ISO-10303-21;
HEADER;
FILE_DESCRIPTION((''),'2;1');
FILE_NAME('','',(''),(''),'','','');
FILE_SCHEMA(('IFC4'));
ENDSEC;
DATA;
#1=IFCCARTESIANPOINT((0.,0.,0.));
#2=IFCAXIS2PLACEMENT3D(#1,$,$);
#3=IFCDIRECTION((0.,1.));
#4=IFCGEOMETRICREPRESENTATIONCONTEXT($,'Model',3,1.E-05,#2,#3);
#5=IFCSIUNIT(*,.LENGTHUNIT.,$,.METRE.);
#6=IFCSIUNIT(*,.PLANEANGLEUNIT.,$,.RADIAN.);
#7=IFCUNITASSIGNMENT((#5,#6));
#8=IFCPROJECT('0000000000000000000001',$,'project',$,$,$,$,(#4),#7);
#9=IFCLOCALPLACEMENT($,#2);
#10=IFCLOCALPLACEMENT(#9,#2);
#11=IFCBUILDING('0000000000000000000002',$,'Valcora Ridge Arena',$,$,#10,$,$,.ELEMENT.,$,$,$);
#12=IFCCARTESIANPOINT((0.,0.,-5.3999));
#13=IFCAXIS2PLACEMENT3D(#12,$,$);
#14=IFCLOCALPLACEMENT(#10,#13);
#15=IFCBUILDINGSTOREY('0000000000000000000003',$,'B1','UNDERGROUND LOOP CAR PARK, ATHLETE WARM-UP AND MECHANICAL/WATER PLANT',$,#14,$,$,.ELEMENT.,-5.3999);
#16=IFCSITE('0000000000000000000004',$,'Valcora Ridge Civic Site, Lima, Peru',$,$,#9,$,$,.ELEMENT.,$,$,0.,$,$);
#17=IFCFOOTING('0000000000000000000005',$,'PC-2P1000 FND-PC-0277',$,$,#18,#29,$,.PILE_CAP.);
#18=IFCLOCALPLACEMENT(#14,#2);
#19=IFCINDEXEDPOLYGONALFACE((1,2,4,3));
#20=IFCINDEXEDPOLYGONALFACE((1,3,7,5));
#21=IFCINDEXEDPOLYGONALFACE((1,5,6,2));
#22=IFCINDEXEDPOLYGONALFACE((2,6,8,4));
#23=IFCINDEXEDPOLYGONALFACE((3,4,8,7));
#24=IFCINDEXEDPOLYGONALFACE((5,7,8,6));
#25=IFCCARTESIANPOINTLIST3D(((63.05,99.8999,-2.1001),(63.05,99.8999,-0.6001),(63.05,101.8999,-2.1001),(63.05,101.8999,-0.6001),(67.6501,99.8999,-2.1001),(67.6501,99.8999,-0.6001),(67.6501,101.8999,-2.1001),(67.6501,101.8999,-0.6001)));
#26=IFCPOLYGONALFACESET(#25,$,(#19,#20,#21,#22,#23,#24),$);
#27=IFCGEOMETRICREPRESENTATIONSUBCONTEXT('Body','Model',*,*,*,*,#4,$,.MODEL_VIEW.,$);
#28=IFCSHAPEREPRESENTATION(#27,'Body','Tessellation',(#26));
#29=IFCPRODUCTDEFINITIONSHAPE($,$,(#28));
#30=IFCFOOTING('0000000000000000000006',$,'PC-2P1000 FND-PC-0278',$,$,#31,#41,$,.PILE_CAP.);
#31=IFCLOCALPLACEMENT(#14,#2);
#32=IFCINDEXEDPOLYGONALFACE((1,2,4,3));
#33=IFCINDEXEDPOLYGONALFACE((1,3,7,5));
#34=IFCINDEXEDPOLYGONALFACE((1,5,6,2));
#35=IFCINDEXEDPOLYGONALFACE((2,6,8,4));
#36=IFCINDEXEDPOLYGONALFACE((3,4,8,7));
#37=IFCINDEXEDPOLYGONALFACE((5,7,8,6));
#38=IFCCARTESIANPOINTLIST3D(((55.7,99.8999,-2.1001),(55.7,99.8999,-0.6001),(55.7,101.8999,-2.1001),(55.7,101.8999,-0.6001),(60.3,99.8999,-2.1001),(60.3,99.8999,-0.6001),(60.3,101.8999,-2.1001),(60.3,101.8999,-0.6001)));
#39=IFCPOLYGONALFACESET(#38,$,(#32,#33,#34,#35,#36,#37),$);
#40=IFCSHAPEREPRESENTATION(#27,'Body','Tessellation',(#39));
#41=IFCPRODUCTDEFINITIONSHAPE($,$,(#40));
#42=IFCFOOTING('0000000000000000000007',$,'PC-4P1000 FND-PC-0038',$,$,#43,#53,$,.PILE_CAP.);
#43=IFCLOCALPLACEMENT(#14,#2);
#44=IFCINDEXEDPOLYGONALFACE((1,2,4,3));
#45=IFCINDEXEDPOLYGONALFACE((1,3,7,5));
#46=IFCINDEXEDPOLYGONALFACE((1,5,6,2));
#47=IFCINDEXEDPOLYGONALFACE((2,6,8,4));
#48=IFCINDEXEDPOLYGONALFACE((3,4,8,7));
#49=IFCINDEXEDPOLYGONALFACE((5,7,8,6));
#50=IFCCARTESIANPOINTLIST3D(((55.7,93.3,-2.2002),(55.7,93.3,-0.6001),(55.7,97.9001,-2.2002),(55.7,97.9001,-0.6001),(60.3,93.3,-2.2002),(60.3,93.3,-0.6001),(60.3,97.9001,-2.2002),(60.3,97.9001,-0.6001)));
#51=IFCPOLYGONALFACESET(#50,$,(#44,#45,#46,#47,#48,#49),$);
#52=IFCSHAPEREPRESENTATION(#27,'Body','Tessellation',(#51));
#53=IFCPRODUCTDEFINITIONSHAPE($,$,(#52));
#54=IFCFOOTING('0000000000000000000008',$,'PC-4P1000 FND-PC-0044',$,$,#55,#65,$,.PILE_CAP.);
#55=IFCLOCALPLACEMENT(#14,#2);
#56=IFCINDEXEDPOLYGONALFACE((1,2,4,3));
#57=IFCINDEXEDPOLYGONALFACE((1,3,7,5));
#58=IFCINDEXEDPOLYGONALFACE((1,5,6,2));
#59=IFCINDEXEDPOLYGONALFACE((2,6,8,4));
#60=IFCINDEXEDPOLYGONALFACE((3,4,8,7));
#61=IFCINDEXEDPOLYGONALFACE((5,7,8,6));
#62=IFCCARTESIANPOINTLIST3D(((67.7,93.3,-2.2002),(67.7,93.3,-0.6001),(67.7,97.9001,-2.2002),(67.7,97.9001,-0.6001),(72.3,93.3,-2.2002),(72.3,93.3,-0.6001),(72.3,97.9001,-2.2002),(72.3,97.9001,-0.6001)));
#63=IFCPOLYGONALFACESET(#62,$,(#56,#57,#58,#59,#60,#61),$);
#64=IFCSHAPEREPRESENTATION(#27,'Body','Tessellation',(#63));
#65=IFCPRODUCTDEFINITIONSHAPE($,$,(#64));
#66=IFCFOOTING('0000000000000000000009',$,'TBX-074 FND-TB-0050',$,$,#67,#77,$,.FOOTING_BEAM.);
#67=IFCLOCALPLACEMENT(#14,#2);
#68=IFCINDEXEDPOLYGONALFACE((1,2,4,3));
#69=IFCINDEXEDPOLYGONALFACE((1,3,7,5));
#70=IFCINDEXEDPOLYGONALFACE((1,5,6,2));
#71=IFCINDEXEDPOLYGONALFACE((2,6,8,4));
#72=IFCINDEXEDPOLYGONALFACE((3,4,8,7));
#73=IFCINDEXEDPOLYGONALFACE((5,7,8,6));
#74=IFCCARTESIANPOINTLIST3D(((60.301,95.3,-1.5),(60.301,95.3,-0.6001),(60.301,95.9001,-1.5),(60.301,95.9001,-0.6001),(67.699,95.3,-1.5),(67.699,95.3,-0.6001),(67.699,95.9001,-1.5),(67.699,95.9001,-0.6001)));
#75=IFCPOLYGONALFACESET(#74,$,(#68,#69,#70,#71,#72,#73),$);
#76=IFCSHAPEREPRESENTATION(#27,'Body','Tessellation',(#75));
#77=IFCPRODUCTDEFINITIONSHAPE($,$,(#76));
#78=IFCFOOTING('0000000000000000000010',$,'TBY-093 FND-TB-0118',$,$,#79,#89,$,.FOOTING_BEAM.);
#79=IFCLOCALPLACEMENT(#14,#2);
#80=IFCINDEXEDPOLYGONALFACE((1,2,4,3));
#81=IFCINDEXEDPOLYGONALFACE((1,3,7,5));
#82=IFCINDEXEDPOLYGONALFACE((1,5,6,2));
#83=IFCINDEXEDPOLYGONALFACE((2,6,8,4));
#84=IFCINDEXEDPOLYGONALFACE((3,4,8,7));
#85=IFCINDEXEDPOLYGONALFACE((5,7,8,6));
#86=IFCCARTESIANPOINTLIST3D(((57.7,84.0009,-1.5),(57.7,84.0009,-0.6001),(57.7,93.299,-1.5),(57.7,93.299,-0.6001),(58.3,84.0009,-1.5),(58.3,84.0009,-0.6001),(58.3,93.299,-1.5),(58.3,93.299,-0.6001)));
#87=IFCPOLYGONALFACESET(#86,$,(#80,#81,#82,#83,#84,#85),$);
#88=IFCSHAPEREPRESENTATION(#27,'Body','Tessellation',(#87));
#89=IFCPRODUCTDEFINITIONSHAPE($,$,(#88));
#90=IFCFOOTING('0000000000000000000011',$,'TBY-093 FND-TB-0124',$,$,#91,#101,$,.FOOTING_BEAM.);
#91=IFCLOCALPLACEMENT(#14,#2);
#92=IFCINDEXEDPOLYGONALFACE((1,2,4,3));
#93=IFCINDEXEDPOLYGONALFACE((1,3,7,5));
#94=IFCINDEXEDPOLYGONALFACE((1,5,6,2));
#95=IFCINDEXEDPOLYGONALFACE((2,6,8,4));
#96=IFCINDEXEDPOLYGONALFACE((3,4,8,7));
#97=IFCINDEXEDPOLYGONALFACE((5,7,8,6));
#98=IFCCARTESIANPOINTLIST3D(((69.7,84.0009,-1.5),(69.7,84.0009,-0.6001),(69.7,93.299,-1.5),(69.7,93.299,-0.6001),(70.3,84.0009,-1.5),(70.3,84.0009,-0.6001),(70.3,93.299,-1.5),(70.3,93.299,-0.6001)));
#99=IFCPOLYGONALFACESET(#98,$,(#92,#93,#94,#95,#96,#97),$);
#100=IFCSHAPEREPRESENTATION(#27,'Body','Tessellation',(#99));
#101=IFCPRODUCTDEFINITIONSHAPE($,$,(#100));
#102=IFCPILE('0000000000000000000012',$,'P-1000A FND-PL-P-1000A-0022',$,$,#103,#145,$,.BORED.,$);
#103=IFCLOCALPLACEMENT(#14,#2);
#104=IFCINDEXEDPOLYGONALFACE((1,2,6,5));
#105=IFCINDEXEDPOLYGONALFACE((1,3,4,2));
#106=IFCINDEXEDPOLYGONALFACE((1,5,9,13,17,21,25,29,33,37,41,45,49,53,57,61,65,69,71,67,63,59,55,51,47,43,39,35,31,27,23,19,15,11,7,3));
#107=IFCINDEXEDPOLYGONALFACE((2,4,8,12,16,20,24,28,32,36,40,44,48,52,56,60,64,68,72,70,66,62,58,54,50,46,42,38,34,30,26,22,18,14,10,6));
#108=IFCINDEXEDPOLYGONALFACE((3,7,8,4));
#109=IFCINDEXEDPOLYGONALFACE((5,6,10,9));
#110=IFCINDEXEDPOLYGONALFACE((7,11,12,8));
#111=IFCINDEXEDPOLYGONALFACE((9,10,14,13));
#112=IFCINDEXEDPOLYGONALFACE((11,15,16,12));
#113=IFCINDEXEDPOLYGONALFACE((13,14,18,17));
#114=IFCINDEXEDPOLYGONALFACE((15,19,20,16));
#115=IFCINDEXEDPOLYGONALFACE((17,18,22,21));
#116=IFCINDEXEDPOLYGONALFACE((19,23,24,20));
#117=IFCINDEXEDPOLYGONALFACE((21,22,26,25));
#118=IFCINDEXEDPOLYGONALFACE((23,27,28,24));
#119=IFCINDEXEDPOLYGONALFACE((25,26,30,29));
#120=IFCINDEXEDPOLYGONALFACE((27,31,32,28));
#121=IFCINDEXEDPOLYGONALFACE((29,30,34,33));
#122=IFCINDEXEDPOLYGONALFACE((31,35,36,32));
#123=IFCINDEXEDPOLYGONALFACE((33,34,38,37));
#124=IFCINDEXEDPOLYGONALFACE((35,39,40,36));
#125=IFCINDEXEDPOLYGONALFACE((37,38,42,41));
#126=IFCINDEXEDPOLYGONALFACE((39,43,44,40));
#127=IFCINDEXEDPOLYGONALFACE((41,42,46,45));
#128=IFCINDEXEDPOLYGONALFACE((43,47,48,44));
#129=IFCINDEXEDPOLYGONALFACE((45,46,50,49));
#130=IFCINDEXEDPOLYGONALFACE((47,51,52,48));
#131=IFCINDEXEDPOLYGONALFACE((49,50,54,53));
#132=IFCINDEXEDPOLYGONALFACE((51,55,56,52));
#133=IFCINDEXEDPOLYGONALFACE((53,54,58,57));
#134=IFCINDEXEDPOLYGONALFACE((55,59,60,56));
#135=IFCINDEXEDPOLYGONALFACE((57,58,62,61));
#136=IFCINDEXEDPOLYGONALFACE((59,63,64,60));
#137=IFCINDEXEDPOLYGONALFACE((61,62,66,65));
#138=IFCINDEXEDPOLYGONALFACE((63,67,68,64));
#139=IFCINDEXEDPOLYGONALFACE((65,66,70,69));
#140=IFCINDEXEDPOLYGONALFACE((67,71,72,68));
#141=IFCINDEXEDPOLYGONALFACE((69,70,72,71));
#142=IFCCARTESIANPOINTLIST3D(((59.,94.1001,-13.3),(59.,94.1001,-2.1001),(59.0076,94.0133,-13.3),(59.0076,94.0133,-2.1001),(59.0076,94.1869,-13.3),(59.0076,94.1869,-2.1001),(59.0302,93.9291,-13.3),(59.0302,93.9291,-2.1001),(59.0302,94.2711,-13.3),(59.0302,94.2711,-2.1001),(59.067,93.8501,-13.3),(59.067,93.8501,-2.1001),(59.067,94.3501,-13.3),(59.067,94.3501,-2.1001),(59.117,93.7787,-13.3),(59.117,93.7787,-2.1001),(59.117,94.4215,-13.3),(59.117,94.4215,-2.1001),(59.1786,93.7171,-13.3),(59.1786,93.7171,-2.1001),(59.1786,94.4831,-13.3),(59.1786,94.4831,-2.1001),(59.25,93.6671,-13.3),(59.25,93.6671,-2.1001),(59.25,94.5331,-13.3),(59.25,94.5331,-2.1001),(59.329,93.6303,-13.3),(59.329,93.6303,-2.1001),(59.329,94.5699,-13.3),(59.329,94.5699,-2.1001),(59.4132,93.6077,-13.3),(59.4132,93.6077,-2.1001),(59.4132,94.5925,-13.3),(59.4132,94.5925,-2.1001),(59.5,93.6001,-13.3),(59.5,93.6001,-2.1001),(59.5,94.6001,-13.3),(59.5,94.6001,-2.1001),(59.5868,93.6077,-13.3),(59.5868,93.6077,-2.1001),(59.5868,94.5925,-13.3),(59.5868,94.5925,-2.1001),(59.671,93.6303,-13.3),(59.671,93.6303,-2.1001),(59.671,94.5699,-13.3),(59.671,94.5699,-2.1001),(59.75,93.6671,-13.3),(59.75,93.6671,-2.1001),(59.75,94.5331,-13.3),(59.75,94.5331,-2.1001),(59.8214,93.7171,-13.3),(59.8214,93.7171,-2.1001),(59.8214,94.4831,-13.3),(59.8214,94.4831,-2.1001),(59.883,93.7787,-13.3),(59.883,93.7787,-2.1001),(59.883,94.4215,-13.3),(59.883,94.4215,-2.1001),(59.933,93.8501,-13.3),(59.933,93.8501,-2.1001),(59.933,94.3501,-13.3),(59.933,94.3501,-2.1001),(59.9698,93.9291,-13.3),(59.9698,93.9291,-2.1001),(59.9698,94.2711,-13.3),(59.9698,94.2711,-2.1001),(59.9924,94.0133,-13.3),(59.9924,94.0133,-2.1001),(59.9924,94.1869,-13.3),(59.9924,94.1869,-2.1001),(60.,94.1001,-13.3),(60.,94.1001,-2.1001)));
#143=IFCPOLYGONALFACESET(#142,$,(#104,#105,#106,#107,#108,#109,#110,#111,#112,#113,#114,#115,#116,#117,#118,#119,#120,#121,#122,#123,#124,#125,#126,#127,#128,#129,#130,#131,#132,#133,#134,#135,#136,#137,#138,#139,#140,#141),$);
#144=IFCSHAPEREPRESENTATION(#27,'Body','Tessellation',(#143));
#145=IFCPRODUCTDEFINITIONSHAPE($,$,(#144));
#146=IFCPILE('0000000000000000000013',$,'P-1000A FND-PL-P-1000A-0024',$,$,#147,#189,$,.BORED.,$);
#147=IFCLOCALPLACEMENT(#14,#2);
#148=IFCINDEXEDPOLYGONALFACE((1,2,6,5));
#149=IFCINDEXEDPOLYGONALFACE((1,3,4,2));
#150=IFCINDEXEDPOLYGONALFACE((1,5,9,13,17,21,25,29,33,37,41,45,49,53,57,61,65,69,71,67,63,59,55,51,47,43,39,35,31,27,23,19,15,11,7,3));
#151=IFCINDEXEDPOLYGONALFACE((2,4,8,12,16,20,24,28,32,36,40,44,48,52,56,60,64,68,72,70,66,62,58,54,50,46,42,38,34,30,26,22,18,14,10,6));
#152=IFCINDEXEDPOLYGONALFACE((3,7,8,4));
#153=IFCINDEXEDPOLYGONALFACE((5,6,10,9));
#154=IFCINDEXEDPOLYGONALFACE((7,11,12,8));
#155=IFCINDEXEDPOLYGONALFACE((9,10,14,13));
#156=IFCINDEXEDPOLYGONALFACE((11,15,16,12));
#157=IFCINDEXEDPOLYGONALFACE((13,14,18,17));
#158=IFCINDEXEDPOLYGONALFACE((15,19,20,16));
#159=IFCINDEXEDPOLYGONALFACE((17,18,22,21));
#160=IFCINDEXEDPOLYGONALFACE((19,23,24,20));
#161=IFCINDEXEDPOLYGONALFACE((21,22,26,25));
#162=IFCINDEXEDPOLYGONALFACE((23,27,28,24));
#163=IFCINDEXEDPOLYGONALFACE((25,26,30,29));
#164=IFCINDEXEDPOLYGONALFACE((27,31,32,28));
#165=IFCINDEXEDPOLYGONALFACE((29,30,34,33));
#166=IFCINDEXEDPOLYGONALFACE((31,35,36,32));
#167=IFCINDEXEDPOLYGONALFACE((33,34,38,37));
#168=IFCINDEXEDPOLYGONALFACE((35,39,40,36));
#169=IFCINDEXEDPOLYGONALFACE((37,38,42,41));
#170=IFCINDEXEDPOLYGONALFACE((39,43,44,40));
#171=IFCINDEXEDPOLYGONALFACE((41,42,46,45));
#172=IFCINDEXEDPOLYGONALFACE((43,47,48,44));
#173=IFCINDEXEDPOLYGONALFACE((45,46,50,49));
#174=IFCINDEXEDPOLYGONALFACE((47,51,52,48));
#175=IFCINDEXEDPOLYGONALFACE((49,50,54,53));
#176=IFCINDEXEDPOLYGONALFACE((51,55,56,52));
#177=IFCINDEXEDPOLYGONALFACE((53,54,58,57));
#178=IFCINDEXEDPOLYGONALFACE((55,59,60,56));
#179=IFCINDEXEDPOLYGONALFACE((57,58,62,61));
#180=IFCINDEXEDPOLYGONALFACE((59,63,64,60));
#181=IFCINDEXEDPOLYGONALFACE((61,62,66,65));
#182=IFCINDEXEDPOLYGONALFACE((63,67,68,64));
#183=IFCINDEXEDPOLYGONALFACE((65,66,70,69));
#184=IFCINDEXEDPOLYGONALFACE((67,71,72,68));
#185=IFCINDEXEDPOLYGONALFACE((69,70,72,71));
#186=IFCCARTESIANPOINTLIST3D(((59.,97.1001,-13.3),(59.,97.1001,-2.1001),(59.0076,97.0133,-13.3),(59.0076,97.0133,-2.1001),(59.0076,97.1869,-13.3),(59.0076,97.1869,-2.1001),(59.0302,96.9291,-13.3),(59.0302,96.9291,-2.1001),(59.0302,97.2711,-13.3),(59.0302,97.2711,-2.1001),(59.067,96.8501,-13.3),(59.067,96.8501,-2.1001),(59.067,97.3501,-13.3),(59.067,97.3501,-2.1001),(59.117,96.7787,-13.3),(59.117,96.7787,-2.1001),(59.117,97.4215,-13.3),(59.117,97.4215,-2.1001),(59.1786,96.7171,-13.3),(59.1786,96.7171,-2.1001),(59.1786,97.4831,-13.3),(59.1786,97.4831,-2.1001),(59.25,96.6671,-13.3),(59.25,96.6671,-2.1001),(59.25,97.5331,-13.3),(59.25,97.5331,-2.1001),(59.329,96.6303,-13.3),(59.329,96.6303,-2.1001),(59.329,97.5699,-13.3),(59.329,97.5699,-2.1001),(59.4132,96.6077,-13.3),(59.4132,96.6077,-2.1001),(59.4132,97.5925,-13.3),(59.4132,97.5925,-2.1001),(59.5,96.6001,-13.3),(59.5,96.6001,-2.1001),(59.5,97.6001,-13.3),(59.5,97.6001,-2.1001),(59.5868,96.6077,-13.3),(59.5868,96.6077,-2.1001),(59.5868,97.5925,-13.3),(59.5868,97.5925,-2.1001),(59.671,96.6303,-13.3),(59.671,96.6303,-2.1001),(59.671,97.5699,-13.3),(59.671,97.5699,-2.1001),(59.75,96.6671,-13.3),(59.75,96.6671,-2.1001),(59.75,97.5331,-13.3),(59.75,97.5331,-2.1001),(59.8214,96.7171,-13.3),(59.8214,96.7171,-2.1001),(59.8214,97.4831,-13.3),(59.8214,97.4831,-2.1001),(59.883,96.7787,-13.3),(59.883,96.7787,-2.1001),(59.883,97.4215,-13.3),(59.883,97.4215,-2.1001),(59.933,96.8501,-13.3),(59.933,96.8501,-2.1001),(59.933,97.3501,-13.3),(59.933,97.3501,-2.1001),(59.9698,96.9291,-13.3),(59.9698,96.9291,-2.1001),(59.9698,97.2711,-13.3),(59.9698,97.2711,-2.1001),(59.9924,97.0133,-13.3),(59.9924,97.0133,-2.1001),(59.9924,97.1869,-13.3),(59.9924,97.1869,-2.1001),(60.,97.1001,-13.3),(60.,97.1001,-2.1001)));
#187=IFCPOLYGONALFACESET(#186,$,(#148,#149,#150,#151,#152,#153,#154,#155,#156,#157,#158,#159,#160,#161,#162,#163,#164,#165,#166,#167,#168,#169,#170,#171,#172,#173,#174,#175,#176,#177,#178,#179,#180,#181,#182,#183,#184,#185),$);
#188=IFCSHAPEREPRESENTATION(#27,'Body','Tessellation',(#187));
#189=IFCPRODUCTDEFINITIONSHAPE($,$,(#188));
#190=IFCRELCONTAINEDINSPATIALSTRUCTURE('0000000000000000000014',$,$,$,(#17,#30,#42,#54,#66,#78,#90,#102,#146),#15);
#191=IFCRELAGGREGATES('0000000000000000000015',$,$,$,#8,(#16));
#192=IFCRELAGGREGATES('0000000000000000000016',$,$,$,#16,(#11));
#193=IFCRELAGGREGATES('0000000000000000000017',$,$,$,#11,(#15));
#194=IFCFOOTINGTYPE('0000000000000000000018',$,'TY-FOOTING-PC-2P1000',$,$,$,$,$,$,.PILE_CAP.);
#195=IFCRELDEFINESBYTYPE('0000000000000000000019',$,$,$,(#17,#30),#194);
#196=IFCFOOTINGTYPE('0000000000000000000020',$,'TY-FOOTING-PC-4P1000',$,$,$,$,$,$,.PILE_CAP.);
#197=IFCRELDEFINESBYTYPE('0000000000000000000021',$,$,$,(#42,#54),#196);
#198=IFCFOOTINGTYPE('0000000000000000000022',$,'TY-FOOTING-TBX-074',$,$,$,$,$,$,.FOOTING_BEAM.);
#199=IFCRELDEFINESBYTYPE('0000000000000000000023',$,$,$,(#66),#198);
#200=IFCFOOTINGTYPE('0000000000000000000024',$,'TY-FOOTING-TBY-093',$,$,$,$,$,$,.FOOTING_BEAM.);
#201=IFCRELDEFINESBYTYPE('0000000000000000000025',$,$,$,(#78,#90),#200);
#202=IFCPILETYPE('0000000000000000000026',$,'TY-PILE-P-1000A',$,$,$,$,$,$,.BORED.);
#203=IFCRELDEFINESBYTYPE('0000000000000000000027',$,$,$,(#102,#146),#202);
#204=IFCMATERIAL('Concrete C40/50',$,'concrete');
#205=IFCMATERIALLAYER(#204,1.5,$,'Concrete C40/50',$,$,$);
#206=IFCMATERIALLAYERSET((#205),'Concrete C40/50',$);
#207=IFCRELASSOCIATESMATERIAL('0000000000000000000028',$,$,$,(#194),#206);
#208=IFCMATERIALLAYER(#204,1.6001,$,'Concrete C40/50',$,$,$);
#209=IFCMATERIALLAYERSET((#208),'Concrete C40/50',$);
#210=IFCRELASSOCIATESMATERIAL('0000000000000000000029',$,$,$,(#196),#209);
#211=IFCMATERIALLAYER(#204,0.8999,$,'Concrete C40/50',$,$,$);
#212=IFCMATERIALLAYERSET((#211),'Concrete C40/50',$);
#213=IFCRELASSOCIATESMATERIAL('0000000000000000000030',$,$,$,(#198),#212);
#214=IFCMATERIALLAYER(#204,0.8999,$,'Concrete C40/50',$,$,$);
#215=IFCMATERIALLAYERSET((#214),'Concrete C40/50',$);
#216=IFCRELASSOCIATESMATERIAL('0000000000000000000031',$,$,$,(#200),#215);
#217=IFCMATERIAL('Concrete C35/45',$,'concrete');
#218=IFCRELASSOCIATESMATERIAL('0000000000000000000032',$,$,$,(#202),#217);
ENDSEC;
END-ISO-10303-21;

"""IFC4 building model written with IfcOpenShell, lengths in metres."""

from ifc_helpers import new_model, si_unit, direction, frame, origin, origin_2d, place, context, subcontext, project, spatial, rectangle, circle, extrude, material, layer, layer_set, material_profile, profile_set, type_object, element, save


model = new_model("IFC4")

# Units and contexts
model_context = context("Model", 3, precision=1e-05, world=origin(), true_north=direction((0.0, 1.0)))
body_context = subcontext(model_context, "Body", "Model", "MODEL_VIEW")
ifc_project = project(units=[si_unit("LENGTHUNIT", "METRE"), si_unit("PLANEANGLEUNIT", "RADIAN")], contexts=[model_context])

# Site, building, storey
site_placement = place(None, origin())
site = spatial("IfcSite", under=ifc_project, at=site_placement, Name="Valcora Ridge Civic Site, Lima, Peru", CompositionType="ELEMENT", RefElevation=0.0)
building_placement = place(site_placement, origin())
building = spatial("IfcBuilding", under=site, at=building_placement, Name="Valcora Ridge Arena", CompositionType="ELEMENT")
storey_placement = place(building_placement, frame((0.0, 0.0, -5.3999)))
storey = spatial("IfcBuildingStorey", under=building, at=storey_placement, Name="B1", Description="UNDERGROUND LOOP CAR PARK, ATHLETE WARM-UP AND MECHANICAL/WATER PLANT", CompositionType="ELEMENT", Elevation=-5.3999)

# Footings
ifc_material_1 = material(Name="Concrete C40/50", Category="concrete")
ifc_layer_1 = layer(ifc_material_1, 1.5, Name="Concrete C40/50")
ifc_layer_set_1 = layer_set([ifc_layer_1], Name="Concrete C40/50")
footing_type_1 = type_object("IfcFootingType", Name="TY-FOOTING-PC-2P1000", PredefinedType="PILE_CAP", material=ifc_layer_set_1)
for number, where, z_axis, x_axis, name in (
    (1, (65.3501, 100.8999, -2.1001), (0.0, 0.0, 1.0), (1.0, 0.0, 0.0), "PC-2P1000 FND-PC-0277"),
    (2, (58.0, 100.8999, -2.1001), (0.0, 0.0, 1.0), (1.0, 0.0, 0.0), "PC-2P1000 FND-PC-0278"),
):
    element("IfcFooting", number, at=place(storey_placement, frame(where, z_axis=z_axis, x_axis=x_axis)), inside=storey, type_object=footing_type_1, Name=name, PredefinedType="PILE_CAP", context=body_context, shape_type="SweptSolid", body=[
        extrude(rectangle(XDim=4.6001, YDim=2.0, at=origin_2d()), origin(), (0.0, 0.0, 1.0), 1.5),
    ])
ifc_layer_2 = layer(ifc_material_1, 1.6001, Name="Concrete C40/50")
ifc_layer_set_2 = layer_set([ifc_layer_2], Name="Concrete C40/50")
footing_type_2 = type_object("IfcFootingType", Name="TY-FOOTING-PC-4P1000", PredefinedType="PILE_CAP", material=ifc_layer_set_2)
for number, where, z_axis, x_axis, name in (
    (3, (58.0, 95.6001, -2.2002), (0.0, 0.0, 1.0), (1.0, 0.0, 0.0), "PC-4P1000 FND-PC-0038"),
    (4, (70.0, 95.6001, -2.2002), (0.0, 0.0, 1.0), (1.0, 0.0, 0.0), "PC-4P1000 FND-PC-0044"),
):
    element("IfcFooting", number, at=place(storey_placement, frame(where, z_axis=z_axis, x_axis=x_axis)), inside=storey, type_object=footing_type_2, Name=name, PredefinedType="PILE_CAP", context=body_context, shape_type="SweptSolid", body=[
        extrude(rectangle(XDim=4.6001, YDim=4.6001, at=origin_2d()), origin(), (0.0, 0.0, 1.0), 1.6001),
    ])
ifc_layer_3 = layer(ifc_material_1, 0.8999, Name="Concrete C40/50")
ifc_layer_set_3 = layer_set([ifc_layer_3], Name="Concrete C40/50")
footing_type_3 = type_object("IfcFootingType", Name="TY-FOOTING-TBX-074", PredefinedType="FOOTING_BEAM", material=ifc_layer_set_3)
footing_placement = place(storey_placement, frame((64.0, 95.6001, -1.5), z_axis=(0.0, 0.0, 1.0), x_axis=(1.0, 0.0, 0.0)))
element("IfcFooting", 5, at=footing_placement, inside=storey, type_object=footing_type_3, Name="TBX-074 FND-TB-0050", PredefinedType="FOOTING_BEAM", context=body_context, shape_type="SweptSolid", body=[
    extrude(rectangle(XDim=7.3979, YDim=0.6001, at=origin_2d()), origin(), (0.0, 0.0, 1.0), 0.8999),
])
ifc_layer_4 = layer(ifc_material_1, 0.8999, Name="Concrete C40/50")
ifc_layer_set_4 = layer_set([ifc_layer_4], Name="Concrete C40/50")
footing_type_4 = type_object("IfcFootingType", Name="TY-FOOTING-TBY-093", PredefinedType="FOOTING_BEAM", material=ifc_layer_set_4)
for number, where, z_axis, x_axis, name in (
    (6, (58.0, 88.6499, -1.5), (0.0, 0.0, 1.0), (1.0, 0.0, 0.0), "TBY-093 FND-TB-0118"),
    (7, (70.0, 88.6499, -1.5), (0.0, 0.0, 1.0), (1.0, 0.0, 0.0), "TBY-093 FND-TB-0124"),
):
    element("IfcFooting", number, at=place(storey_placement, frame(where, z_axis=z_axis, x_axis=x_axis)), inside=storey, type_object=footing_type_4, Name=name, PredefinedType="FOOTING_BEAM", context=body_context, shape_type="SweptSolid", body=[
        extrude(rectangle(XDim=0.6001, YDim=9.2981, at=origin_2d()), origin(), (0.0, 0.0, 1.0), 0.8999),
    ])

# Piles
ifc_material_2 = material(Name="Concrete C35/45", Category="concrete")
ifc_material_profile_1 = material_profile(ifc_material_2, circle(Radius=0.5, at=origin_2d()), Name="BORED PILE D1000")
ifc_profile_set_1 = profile_set([ifc_material_profile_1], Name="Concrete C35/45")
pile_type_1 = type_object("IfcPileType", Name="TY-PILE-P-1000A", PredefinedType="BORED", material=ifc_profile_set_1)
for number, where, z_axis, x_axis, name in (
    (8, (59.5, 94.1001, -2.1001), (0.0, 0.0, -1.0), (1.0, 0.0, 0.0), "P-1000A FND-PL-P-1000A-0022"),
    (9, (59.5, 97.1001, -2.1001), (0.0, 0.0, -1.0), (1.0, 0.0, 0.0), "P-1000A FND-PL-P-1000A-0024"),
):
    element("IfcPile", number, at=place(storey_placement, frame(where, z_axis=z_axis, x_axis=x_axis)), inside=storey, type_object=pile_type_1, Name=name, PredefinedType="BORED", context=body_context, shape_type="SweptSolid", body=[
        extrude(circle(Radius=0.5, at=origin_2d()), origin(), (0.0, 0.0, 1.0), 11.2),
    ])

save(model, "model.ifc")
